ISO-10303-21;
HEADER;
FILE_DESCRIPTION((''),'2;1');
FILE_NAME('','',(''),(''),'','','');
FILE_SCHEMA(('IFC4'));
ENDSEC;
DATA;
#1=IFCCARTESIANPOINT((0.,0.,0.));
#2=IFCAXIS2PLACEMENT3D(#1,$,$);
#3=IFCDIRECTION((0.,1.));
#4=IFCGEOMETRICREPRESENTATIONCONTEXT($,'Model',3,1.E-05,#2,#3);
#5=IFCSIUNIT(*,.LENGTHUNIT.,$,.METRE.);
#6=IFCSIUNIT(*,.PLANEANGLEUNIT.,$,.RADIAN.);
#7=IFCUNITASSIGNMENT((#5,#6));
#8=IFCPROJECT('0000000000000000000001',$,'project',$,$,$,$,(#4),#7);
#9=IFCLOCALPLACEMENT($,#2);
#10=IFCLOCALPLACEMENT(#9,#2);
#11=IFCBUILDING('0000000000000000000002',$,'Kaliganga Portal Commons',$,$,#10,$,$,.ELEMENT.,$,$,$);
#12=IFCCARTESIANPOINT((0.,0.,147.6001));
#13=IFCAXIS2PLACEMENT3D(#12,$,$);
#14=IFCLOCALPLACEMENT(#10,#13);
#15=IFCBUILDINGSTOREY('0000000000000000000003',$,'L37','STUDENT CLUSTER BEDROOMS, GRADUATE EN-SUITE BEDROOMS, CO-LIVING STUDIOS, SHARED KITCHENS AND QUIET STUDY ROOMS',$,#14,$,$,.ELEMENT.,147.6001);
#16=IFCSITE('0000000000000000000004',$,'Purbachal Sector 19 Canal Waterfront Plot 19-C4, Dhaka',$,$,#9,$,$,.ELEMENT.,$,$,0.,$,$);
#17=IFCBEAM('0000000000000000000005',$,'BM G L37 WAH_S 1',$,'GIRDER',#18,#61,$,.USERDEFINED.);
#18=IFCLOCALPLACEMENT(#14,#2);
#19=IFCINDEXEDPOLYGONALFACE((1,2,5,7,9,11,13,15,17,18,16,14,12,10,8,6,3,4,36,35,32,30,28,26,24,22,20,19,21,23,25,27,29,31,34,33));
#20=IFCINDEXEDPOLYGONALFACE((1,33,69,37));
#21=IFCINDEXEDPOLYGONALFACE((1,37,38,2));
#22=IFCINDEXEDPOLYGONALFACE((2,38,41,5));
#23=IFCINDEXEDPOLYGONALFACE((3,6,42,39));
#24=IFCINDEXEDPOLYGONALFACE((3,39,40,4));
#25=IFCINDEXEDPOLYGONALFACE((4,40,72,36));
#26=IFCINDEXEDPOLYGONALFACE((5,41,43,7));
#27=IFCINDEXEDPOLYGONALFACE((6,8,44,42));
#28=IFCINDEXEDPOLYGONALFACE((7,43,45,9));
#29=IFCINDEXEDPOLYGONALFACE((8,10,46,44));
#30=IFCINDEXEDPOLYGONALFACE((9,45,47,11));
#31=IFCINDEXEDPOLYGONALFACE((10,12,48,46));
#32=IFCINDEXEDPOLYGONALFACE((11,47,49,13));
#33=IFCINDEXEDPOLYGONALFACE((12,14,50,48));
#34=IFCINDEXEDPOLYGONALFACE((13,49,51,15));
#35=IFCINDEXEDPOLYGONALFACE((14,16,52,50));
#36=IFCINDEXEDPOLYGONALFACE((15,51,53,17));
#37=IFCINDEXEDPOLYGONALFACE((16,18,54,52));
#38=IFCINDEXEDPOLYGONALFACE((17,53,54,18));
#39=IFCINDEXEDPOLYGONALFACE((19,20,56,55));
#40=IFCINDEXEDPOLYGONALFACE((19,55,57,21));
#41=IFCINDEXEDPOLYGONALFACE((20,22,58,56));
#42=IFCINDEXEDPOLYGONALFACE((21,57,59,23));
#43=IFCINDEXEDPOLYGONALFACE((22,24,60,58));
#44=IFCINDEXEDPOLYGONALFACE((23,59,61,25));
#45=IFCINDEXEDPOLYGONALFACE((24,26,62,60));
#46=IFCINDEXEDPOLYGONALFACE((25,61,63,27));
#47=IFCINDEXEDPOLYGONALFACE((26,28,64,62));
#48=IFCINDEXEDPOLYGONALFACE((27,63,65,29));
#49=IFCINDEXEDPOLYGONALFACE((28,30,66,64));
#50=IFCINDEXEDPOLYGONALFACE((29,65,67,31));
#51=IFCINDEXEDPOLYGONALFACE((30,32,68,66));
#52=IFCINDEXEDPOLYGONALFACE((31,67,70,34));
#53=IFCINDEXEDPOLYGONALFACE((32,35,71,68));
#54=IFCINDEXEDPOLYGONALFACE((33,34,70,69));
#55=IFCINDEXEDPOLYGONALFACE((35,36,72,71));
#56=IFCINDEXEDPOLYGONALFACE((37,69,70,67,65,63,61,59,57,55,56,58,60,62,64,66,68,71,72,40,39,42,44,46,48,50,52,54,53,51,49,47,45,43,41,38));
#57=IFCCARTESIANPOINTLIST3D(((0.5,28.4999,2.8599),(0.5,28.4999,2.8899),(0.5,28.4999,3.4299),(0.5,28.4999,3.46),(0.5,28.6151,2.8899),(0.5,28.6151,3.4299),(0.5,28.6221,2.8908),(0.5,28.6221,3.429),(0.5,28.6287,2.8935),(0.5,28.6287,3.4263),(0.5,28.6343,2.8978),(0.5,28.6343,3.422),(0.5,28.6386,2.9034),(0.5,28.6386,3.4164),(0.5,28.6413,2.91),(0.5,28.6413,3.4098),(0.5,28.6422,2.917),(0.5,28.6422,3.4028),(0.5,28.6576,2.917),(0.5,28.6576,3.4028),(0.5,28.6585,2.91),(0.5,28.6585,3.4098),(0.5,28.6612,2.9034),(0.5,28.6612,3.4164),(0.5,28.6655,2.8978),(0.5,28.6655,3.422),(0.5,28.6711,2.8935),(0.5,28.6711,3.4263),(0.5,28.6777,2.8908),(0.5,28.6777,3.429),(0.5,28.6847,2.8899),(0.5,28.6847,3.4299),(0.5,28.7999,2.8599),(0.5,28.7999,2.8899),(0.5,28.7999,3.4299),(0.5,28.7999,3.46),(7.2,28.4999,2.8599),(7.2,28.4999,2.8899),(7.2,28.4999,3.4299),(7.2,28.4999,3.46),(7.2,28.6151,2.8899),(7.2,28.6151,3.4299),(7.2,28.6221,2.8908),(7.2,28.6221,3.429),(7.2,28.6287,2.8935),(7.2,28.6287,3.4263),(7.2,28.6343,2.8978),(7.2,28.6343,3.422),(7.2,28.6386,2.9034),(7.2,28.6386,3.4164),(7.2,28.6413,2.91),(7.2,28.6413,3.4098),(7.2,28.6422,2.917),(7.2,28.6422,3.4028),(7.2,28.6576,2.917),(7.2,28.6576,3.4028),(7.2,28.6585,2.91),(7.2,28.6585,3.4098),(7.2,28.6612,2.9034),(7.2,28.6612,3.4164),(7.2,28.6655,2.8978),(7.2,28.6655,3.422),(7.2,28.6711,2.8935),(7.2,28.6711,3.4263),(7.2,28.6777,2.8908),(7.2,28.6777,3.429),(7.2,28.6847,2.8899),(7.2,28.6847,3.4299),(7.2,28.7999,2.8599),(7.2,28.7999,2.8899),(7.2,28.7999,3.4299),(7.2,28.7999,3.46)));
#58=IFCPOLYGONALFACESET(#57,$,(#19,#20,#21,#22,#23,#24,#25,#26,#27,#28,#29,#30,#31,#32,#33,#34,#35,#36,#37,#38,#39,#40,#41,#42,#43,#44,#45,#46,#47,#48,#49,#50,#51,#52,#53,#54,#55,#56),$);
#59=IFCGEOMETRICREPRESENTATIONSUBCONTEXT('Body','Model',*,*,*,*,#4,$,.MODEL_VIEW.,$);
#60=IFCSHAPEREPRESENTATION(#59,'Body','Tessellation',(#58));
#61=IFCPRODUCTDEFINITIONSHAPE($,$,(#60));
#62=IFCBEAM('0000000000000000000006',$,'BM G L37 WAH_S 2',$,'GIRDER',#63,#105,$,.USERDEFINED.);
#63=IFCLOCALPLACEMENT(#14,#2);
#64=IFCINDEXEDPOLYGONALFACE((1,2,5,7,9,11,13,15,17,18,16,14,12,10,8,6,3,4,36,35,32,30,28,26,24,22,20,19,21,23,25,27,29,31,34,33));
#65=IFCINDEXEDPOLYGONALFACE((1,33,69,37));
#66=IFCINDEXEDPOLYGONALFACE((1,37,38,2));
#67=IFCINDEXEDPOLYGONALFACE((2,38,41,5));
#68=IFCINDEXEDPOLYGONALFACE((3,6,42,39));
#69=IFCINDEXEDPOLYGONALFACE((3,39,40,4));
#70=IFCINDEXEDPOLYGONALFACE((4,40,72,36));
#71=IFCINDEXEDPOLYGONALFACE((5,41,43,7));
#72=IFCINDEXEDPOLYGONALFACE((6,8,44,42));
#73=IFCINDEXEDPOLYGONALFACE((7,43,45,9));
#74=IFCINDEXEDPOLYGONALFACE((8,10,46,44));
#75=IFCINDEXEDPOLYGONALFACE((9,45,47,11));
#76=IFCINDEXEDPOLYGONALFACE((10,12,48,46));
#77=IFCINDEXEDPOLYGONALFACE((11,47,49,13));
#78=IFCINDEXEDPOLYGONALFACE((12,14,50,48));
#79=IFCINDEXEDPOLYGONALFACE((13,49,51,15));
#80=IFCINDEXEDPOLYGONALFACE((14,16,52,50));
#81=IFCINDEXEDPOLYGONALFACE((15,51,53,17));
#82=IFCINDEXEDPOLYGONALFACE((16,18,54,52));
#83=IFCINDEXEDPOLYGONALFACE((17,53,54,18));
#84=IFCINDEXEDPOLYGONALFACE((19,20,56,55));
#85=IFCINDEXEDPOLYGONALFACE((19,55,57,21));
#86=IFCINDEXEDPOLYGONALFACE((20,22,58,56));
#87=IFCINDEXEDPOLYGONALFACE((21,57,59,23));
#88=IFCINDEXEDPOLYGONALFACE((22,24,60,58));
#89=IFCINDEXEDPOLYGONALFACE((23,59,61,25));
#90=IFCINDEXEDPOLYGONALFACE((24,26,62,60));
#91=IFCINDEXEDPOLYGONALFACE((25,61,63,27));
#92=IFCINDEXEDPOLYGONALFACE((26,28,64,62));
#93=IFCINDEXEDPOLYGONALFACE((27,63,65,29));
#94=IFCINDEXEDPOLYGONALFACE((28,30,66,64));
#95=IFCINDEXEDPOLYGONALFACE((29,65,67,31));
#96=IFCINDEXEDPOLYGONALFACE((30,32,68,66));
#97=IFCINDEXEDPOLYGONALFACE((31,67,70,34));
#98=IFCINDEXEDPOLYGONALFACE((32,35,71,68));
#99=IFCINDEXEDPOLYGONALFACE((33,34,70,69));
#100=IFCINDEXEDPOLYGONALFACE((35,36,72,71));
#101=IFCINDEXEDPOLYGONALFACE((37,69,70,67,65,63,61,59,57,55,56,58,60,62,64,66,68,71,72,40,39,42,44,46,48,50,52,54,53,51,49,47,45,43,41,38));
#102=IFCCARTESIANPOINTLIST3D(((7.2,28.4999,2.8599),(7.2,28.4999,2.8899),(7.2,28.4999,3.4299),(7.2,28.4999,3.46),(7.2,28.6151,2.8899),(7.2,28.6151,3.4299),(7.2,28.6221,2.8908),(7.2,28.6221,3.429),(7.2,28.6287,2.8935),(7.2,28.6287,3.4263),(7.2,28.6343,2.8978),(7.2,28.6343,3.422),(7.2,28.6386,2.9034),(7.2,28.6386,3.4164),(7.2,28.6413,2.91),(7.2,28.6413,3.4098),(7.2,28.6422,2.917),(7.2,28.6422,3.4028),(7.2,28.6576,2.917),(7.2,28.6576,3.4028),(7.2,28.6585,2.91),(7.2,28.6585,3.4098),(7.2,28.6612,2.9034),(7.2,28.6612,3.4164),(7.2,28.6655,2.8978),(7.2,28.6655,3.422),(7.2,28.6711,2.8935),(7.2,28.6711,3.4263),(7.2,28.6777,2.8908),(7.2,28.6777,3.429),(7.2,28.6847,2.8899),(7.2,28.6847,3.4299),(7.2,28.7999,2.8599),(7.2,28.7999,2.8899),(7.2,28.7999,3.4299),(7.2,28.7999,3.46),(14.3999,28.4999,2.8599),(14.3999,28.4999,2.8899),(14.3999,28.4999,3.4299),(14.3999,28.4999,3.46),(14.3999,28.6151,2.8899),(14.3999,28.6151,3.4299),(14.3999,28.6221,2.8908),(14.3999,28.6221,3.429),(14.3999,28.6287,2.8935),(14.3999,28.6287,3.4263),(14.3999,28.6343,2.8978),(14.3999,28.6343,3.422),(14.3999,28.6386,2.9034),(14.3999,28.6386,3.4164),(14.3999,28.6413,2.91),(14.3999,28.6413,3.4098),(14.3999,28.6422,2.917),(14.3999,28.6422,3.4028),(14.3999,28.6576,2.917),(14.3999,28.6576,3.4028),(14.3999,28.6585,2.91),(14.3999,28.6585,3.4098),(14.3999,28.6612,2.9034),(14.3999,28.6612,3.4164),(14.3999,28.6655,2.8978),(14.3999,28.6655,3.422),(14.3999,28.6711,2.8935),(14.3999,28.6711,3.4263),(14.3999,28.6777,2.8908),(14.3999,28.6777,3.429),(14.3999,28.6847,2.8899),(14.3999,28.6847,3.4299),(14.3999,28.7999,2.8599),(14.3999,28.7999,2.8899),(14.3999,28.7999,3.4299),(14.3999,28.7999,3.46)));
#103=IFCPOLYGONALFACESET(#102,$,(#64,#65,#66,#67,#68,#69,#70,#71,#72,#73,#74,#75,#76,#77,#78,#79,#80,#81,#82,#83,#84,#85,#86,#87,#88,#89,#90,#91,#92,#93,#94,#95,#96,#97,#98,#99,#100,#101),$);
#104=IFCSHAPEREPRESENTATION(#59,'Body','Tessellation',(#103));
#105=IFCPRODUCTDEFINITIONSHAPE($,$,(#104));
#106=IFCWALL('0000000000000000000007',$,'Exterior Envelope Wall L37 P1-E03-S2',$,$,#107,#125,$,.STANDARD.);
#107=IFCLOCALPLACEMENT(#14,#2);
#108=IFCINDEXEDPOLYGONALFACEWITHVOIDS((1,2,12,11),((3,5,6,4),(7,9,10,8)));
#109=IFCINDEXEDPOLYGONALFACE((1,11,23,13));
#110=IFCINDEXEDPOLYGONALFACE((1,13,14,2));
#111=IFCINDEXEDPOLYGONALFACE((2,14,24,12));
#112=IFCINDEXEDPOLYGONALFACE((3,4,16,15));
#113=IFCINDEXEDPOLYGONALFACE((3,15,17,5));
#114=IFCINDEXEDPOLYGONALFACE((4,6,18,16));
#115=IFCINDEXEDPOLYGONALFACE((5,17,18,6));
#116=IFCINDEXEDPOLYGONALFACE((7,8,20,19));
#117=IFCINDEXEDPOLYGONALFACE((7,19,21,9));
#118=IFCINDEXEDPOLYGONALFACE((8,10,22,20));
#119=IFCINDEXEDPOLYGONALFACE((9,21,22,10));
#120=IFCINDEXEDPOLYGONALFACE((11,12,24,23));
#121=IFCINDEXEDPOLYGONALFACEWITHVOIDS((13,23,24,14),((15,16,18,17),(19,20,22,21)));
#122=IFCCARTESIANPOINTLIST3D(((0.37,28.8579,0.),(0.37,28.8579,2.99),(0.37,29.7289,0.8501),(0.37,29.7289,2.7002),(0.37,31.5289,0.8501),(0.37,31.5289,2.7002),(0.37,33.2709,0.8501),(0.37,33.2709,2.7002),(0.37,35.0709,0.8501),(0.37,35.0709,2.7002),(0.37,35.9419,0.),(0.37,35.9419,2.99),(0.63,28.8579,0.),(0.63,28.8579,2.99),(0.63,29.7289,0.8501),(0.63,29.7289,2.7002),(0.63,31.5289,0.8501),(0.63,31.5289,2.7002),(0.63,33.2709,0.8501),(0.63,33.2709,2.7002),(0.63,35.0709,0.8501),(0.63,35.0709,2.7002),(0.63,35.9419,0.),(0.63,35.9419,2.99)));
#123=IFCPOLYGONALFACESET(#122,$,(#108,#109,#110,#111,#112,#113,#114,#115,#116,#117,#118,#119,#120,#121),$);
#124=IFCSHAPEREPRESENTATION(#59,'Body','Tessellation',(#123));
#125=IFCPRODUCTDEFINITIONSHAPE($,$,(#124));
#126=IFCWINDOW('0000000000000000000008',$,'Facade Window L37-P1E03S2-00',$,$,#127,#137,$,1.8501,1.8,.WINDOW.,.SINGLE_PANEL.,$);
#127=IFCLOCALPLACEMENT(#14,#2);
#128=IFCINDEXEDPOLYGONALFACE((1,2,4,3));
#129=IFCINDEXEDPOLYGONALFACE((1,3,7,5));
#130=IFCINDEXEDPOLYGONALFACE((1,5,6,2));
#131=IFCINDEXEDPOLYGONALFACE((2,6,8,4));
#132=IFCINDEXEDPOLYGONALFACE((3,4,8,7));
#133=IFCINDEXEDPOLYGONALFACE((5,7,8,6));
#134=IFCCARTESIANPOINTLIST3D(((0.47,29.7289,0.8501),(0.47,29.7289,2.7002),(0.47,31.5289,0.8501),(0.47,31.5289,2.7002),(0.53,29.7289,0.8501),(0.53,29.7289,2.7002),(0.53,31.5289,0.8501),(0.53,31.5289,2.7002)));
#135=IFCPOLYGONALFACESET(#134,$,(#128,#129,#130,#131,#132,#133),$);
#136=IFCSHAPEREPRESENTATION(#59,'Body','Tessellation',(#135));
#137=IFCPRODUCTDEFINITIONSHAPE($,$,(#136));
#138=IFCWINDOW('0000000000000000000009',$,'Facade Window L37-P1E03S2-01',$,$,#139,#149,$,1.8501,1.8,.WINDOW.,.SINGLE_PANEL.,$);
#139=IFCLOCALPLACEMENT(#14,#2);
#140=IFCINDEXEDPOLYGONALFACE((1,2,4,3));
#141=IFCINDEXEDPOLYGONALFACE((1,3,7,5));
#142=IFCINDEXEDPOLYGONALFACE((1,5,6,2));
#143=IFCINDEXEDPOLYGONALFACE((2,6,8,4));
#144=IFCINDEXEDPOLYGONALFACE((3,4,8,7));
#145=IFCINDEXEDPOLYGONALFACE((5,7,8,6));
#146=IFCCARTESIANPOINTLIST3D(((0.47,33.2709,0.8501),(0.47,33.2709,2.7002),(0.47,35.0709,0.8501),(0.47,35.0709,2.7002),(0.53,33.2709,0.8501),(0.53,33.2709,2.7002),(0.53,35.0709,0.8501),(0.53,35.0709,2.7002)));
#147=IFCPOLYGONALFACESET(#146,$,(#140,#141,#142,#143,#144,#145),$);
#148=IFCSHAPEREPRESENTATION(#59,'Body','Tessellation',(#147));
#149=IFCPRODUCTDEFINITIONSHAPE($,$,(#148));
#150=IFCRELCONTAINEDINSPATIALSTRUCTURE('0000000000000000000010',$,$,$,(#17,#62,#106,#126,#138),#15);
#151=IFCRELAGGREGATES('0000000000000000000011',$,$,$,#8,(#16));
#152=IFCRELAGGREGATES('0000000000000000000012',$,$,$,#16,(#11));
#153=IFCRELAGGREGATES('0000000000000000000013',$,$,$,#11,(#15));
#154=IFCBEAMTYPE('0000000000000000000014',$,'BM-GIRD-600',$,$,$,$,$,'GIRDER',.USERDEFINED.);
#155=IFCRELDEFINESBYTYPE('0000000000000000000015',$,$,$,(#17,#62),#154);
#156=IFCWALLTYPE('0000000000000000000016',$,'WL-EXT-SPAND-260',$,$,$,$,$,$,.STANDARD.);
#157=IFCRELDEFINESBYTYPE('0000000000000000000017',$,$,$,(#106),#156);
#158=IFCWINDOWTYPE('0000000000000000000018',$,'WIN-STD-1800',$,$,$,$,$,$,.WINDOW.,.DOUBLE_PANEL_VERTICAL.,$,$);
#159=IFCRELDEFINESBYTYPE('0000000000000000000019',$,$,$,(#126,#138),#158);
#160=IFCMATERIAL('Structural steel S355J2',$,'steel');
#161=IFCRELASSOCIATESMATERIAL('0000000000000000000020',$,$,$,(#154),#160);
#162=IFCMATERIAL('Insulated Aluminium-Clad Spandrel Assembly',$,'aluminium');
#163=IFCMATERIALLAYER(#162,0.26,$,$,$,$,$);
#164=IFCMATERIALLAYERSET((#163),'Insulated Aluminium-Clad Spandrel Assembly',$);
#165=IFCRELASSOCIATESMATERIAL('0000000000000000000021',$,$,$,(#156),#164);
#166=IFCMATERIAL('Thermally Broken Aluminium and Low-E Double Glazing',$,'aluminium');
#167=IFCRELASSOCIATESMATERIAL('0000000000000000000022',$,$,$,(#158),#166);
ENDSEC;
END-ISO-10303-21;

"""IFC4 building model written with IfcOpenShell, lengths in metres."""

from ifc_helpers import new_model, si_unit, direction, frame, frame_2d, origin, origin_2d, place, context, subcontext, project, spatial, rectangle, i_section, extrude, source, transform, mapped, material, layer, layer_set, material_profile, profile_set, type_object, element, fill, save


model = new_model("IFC4")

# Units and contexts
model_context = context("Model", 3, precision=1e-05, world=origin(), true_north=direction((0.0, 1.0)))
body_context = subcontext(model_context, "Body", "Model", "MODEL_VIEW")
ifc_project = project(units=[si_unit("LENGTHUNIT", "METRE"), si_unit("PLANEANGLEUNIT", "RADIAN")], contexts=[model_context])

# Site, building, storey
site_placement = place(None, origin())
site = spatial("IfcSite", under=ifc_project, at=site_placement, Name="Purbachal Sector 19 Canal Waterfront Plot 19-C4, Dhaka", CompositionType="ELEMENT", RefElevation=0.0)
building_placement = place(site_placement, origin())
building = spatial("IfcBuilding", under=site, at=building_placement, Name="Kaliganga Portal Commons", CompositionType="ELEMENT")
storey_placement = place(building_placement, frame((0.0, 0.0, 147.6001)))
storey = spatial("IfcBuildingStorey", under=building, at=storey_placement, Name="L37", Description="STUDENT CLUSTER BEDROOMS, GRADUATE EN-SUITE BEDROOMS, CO-LIVING STUDIOS, SHARED KITCHENS AND QUIET STUDY ROOMS", CompositionType="ELEMENT", Elevation=147.6001)

# Beams
ifc_material_1 = material(Name="Structural steel S355J2", Category="steel")
ifc_material_profile_1 = material_profile(ifc_material_1, i_section(OverallWidth=0.3, OverallDepth=0.6001, WebThickness=0.0154, FlangeThickness=0.03, FilletRadius=0.0271, at=origin_2d()), Name="HE 600 B")
ifc_profile_set_1 = profile_set([ifc_material_profile_1], Name="Structural steel S355J2 wide-flange")
beam_type_1 = type_object("IfcBeamType", Name="BM-GIRD-600", ElementType="GIRDER", PredefinedType="USERDEFINED", material=ifc_profile_set_1)
shared_shape_1 = source(origin(), body_context, "Body", "SweptSolid", [
    extrude(i_section(OverallWidth=0.3, OverallDepth=0.6001, WebThickness=0.0154, FlangeThickness=0.03, FilletRadius=0.0271, at=origin_2d()), origin(), (0.0, 0.0, 1.0), 6.7),
])
beam_1_placement = place(storey_placement, frame((0.5, 28.6499, 3.1599), z_axis=(1.0, 0.0, 0.0), x_axis=(0.0, 1.0, 0.0)))
element("IfcBeam", 1, at=beam_1_placement, inside=storey, type_object=beam_type_1, Name="BM G L37 WAH_S 1", ObjectType="GIRDER", PredefinedType="USERDEFINED", context=body_context, shape_type="MappedRepresentation", body=[
    mapped(shared_shape_1, transform((0.0, 0.0, 0.0), x_axis=(1.0, 0.0, 0.0), y_axis=(0.0, 1.0, 0.0), z_axis=(0.0, 0.0, 1.0), scale=1.0)),
])
shared_shape_2 = source(origin(), body_context, "Body", "SweptSolid", [
    extrude(i_section(OverallWidth=0.3, OverallDepth=0.6001, WebThickness=0.0154, FlangeThickness=0.03, FilletRadius=0.0271, at=origin_2d()), origin(), (0.0, 0.0, 1.0), 7.2),
])
beam_2_placement = place(storey_placement, frame((7.2, 28.6499, 3.1599), z_axis=(1.0, 0.0, 0.0), x_axis=(0.0, 1.0, 0.0)))
element("IfcBeam", 2, at=beam_2_placement, inside=storey, type_object=beam_type_1, Name="BM G L37 WAH_S 2", ObjectType="GIRDER", PredefinedType="USERDEFINED", context=body_context, shape_type="MappedRepresentation", body=[
    mapped(shared_shape_2, transform((0.0, 0.0, 0.0), x_axis=(1.0, 0.0, 0.0), y_axis=(0.0, 1.0, 0.0), z_axis=(0.0, 0.0, 1.0), scale=1.0)),
])

# Wall, openings, windows
ifc_material_2 = material(Name="Insulated Aluminium-Clad Spandrel Assembly", Category="aluminium")
ifc_layer_1 = layer(ifc_material_2, 0.26)
ifc_layer_set_1 = layer_set([ifc_layer_1], Name="Insulated Aluminium-Clad Spandrel Assembly")
wall_type_1 = type_object("IfcWallType", Name="WL-EXT-SPAND-260", PredefinedType="STANDARD", material=ifc_layer_set_1)
wall_1_placement = place(storey_placement, frame((0.5, 28.8579, 0.0), z_axis=(0.0, 0.0, 1.0), x_axis=(0.0, 1.0, 0.0)))
wall_1 = element("IfcWall", 3, at=wall_1_placement, inside=storey, type_object=wall_type_1, Name="Exterior Envelope Wall L37 P1-E03-S2", PredefinedType="STANDARD", context=body_context, shape_type="SweptSolid", body=[
    extrude(rectangle(XDim=7.084, YDim=0.26, at=frame_2d((3.542, 0.0))), origin(), (0.0, 0.0, 1.0), 2.99),
])
opening_1_placement = place(wall_1_placement, frame((0.8711, 0.0, 0.8501)))
opening_1 = element("IfcOpeningElement", 4, at=opening_1_placement, cuts=wall_1, PredefinedType="OPENING", context=body_context, shape_type="SweptSolid", body=[
    extrude(rectangle(XDim=1.8, YDim=1.8501, at=frame_2d((0.8999, 0.925))), frame((0.0, 0.1401, 0.0), z_axis=(0.0, -1.0, 0.0), x_axis=(1.0, 0.0, 0.0)), (0.0, 0.0, 1.0), 0.28),
])
opening_2_placement = place(wall_1_placement, frame((4.4131, 0.0, 0.8501)))
opening_2 = element("IfcOpeningElement", 5, at=opening_2_placement, cuts=wall_1, PredefinedType="OPENING", context=body_context, shape_type="SweptSolid", body=[
    extrude(rectangle(XDim=1.8, YDim=1.8501, at=frame_2d((0.8999, 0.925))), frame((0.0, 0.1401, 0.0), z_axis=(0.0, -1.0, 0.0), x_axis=(1.0, 0.0, 0.0)), (0.0, 0.0, 1.0), 0.28),
])
ifc_material_3 = material(Name="Thermally Broken Aluminium and Low-E Double Glazing", Category="aluminium")
window_type = type_object("IfcWindowType", Name="WIN-STD-1800", PartitioningType="DOUBLE_PANEL_VERTICAL", PredefinedType="WINDOW", material=ifc_material_3)
window_1_placement = place(opening_1_placement, origin())
window_1 = element("IfcWindow", 6, at=window_1_placement, inside=storey, type_object=window_type, Name="Facade Window L37-P1E03S2-00", OverallHeight=1.8501, OverallWidth=1.8, PartitioningType="SINGLE_PANEL", PredefinedType="WINDOW", context=body_context, shape_type="SweptSolid", body=[
    extrude(rectangle(XDim=1.8, YDim=1.8501, at=frame_2d((0.8999, 0.925))), frame((0.0, 0.03, 0.0), z_axis=(0.0, -1.0, 0.0), x_axis=(1.0, 0.0, 0.0)), (0.0, 0.0, 1.0), 0.0601),
])
fill(opening_1, window_1)
window_2_placement = place(opening_2_placement, origin())
window_2 = element("IfcWindow", 7, at=window_2_placement, inside=storey, type_object=window_type, Name="Facade Window L37-P1E03S2-01", OverallHeight=1.8501, OverallWidth=1.8, PartitioningType="SINGLE_PANEL", PredefinedType="WINDOW", context=body_context, shape_type="SweptSolid", body=[
    extrude(rectangle(XDim=1.8, YDim=1.8501, at=frame_2d((0.8999, 0.925))), frame((0.0, 0.03, 0.0), z_axis=(0.0, -1.0, 0.0), x_axis=(1.0, 0.0, 0.0)), (0.0, 0.0, 1.0), 0.0601),
])
fill(opening_2, window_2)

save(model, "model.ifc")
